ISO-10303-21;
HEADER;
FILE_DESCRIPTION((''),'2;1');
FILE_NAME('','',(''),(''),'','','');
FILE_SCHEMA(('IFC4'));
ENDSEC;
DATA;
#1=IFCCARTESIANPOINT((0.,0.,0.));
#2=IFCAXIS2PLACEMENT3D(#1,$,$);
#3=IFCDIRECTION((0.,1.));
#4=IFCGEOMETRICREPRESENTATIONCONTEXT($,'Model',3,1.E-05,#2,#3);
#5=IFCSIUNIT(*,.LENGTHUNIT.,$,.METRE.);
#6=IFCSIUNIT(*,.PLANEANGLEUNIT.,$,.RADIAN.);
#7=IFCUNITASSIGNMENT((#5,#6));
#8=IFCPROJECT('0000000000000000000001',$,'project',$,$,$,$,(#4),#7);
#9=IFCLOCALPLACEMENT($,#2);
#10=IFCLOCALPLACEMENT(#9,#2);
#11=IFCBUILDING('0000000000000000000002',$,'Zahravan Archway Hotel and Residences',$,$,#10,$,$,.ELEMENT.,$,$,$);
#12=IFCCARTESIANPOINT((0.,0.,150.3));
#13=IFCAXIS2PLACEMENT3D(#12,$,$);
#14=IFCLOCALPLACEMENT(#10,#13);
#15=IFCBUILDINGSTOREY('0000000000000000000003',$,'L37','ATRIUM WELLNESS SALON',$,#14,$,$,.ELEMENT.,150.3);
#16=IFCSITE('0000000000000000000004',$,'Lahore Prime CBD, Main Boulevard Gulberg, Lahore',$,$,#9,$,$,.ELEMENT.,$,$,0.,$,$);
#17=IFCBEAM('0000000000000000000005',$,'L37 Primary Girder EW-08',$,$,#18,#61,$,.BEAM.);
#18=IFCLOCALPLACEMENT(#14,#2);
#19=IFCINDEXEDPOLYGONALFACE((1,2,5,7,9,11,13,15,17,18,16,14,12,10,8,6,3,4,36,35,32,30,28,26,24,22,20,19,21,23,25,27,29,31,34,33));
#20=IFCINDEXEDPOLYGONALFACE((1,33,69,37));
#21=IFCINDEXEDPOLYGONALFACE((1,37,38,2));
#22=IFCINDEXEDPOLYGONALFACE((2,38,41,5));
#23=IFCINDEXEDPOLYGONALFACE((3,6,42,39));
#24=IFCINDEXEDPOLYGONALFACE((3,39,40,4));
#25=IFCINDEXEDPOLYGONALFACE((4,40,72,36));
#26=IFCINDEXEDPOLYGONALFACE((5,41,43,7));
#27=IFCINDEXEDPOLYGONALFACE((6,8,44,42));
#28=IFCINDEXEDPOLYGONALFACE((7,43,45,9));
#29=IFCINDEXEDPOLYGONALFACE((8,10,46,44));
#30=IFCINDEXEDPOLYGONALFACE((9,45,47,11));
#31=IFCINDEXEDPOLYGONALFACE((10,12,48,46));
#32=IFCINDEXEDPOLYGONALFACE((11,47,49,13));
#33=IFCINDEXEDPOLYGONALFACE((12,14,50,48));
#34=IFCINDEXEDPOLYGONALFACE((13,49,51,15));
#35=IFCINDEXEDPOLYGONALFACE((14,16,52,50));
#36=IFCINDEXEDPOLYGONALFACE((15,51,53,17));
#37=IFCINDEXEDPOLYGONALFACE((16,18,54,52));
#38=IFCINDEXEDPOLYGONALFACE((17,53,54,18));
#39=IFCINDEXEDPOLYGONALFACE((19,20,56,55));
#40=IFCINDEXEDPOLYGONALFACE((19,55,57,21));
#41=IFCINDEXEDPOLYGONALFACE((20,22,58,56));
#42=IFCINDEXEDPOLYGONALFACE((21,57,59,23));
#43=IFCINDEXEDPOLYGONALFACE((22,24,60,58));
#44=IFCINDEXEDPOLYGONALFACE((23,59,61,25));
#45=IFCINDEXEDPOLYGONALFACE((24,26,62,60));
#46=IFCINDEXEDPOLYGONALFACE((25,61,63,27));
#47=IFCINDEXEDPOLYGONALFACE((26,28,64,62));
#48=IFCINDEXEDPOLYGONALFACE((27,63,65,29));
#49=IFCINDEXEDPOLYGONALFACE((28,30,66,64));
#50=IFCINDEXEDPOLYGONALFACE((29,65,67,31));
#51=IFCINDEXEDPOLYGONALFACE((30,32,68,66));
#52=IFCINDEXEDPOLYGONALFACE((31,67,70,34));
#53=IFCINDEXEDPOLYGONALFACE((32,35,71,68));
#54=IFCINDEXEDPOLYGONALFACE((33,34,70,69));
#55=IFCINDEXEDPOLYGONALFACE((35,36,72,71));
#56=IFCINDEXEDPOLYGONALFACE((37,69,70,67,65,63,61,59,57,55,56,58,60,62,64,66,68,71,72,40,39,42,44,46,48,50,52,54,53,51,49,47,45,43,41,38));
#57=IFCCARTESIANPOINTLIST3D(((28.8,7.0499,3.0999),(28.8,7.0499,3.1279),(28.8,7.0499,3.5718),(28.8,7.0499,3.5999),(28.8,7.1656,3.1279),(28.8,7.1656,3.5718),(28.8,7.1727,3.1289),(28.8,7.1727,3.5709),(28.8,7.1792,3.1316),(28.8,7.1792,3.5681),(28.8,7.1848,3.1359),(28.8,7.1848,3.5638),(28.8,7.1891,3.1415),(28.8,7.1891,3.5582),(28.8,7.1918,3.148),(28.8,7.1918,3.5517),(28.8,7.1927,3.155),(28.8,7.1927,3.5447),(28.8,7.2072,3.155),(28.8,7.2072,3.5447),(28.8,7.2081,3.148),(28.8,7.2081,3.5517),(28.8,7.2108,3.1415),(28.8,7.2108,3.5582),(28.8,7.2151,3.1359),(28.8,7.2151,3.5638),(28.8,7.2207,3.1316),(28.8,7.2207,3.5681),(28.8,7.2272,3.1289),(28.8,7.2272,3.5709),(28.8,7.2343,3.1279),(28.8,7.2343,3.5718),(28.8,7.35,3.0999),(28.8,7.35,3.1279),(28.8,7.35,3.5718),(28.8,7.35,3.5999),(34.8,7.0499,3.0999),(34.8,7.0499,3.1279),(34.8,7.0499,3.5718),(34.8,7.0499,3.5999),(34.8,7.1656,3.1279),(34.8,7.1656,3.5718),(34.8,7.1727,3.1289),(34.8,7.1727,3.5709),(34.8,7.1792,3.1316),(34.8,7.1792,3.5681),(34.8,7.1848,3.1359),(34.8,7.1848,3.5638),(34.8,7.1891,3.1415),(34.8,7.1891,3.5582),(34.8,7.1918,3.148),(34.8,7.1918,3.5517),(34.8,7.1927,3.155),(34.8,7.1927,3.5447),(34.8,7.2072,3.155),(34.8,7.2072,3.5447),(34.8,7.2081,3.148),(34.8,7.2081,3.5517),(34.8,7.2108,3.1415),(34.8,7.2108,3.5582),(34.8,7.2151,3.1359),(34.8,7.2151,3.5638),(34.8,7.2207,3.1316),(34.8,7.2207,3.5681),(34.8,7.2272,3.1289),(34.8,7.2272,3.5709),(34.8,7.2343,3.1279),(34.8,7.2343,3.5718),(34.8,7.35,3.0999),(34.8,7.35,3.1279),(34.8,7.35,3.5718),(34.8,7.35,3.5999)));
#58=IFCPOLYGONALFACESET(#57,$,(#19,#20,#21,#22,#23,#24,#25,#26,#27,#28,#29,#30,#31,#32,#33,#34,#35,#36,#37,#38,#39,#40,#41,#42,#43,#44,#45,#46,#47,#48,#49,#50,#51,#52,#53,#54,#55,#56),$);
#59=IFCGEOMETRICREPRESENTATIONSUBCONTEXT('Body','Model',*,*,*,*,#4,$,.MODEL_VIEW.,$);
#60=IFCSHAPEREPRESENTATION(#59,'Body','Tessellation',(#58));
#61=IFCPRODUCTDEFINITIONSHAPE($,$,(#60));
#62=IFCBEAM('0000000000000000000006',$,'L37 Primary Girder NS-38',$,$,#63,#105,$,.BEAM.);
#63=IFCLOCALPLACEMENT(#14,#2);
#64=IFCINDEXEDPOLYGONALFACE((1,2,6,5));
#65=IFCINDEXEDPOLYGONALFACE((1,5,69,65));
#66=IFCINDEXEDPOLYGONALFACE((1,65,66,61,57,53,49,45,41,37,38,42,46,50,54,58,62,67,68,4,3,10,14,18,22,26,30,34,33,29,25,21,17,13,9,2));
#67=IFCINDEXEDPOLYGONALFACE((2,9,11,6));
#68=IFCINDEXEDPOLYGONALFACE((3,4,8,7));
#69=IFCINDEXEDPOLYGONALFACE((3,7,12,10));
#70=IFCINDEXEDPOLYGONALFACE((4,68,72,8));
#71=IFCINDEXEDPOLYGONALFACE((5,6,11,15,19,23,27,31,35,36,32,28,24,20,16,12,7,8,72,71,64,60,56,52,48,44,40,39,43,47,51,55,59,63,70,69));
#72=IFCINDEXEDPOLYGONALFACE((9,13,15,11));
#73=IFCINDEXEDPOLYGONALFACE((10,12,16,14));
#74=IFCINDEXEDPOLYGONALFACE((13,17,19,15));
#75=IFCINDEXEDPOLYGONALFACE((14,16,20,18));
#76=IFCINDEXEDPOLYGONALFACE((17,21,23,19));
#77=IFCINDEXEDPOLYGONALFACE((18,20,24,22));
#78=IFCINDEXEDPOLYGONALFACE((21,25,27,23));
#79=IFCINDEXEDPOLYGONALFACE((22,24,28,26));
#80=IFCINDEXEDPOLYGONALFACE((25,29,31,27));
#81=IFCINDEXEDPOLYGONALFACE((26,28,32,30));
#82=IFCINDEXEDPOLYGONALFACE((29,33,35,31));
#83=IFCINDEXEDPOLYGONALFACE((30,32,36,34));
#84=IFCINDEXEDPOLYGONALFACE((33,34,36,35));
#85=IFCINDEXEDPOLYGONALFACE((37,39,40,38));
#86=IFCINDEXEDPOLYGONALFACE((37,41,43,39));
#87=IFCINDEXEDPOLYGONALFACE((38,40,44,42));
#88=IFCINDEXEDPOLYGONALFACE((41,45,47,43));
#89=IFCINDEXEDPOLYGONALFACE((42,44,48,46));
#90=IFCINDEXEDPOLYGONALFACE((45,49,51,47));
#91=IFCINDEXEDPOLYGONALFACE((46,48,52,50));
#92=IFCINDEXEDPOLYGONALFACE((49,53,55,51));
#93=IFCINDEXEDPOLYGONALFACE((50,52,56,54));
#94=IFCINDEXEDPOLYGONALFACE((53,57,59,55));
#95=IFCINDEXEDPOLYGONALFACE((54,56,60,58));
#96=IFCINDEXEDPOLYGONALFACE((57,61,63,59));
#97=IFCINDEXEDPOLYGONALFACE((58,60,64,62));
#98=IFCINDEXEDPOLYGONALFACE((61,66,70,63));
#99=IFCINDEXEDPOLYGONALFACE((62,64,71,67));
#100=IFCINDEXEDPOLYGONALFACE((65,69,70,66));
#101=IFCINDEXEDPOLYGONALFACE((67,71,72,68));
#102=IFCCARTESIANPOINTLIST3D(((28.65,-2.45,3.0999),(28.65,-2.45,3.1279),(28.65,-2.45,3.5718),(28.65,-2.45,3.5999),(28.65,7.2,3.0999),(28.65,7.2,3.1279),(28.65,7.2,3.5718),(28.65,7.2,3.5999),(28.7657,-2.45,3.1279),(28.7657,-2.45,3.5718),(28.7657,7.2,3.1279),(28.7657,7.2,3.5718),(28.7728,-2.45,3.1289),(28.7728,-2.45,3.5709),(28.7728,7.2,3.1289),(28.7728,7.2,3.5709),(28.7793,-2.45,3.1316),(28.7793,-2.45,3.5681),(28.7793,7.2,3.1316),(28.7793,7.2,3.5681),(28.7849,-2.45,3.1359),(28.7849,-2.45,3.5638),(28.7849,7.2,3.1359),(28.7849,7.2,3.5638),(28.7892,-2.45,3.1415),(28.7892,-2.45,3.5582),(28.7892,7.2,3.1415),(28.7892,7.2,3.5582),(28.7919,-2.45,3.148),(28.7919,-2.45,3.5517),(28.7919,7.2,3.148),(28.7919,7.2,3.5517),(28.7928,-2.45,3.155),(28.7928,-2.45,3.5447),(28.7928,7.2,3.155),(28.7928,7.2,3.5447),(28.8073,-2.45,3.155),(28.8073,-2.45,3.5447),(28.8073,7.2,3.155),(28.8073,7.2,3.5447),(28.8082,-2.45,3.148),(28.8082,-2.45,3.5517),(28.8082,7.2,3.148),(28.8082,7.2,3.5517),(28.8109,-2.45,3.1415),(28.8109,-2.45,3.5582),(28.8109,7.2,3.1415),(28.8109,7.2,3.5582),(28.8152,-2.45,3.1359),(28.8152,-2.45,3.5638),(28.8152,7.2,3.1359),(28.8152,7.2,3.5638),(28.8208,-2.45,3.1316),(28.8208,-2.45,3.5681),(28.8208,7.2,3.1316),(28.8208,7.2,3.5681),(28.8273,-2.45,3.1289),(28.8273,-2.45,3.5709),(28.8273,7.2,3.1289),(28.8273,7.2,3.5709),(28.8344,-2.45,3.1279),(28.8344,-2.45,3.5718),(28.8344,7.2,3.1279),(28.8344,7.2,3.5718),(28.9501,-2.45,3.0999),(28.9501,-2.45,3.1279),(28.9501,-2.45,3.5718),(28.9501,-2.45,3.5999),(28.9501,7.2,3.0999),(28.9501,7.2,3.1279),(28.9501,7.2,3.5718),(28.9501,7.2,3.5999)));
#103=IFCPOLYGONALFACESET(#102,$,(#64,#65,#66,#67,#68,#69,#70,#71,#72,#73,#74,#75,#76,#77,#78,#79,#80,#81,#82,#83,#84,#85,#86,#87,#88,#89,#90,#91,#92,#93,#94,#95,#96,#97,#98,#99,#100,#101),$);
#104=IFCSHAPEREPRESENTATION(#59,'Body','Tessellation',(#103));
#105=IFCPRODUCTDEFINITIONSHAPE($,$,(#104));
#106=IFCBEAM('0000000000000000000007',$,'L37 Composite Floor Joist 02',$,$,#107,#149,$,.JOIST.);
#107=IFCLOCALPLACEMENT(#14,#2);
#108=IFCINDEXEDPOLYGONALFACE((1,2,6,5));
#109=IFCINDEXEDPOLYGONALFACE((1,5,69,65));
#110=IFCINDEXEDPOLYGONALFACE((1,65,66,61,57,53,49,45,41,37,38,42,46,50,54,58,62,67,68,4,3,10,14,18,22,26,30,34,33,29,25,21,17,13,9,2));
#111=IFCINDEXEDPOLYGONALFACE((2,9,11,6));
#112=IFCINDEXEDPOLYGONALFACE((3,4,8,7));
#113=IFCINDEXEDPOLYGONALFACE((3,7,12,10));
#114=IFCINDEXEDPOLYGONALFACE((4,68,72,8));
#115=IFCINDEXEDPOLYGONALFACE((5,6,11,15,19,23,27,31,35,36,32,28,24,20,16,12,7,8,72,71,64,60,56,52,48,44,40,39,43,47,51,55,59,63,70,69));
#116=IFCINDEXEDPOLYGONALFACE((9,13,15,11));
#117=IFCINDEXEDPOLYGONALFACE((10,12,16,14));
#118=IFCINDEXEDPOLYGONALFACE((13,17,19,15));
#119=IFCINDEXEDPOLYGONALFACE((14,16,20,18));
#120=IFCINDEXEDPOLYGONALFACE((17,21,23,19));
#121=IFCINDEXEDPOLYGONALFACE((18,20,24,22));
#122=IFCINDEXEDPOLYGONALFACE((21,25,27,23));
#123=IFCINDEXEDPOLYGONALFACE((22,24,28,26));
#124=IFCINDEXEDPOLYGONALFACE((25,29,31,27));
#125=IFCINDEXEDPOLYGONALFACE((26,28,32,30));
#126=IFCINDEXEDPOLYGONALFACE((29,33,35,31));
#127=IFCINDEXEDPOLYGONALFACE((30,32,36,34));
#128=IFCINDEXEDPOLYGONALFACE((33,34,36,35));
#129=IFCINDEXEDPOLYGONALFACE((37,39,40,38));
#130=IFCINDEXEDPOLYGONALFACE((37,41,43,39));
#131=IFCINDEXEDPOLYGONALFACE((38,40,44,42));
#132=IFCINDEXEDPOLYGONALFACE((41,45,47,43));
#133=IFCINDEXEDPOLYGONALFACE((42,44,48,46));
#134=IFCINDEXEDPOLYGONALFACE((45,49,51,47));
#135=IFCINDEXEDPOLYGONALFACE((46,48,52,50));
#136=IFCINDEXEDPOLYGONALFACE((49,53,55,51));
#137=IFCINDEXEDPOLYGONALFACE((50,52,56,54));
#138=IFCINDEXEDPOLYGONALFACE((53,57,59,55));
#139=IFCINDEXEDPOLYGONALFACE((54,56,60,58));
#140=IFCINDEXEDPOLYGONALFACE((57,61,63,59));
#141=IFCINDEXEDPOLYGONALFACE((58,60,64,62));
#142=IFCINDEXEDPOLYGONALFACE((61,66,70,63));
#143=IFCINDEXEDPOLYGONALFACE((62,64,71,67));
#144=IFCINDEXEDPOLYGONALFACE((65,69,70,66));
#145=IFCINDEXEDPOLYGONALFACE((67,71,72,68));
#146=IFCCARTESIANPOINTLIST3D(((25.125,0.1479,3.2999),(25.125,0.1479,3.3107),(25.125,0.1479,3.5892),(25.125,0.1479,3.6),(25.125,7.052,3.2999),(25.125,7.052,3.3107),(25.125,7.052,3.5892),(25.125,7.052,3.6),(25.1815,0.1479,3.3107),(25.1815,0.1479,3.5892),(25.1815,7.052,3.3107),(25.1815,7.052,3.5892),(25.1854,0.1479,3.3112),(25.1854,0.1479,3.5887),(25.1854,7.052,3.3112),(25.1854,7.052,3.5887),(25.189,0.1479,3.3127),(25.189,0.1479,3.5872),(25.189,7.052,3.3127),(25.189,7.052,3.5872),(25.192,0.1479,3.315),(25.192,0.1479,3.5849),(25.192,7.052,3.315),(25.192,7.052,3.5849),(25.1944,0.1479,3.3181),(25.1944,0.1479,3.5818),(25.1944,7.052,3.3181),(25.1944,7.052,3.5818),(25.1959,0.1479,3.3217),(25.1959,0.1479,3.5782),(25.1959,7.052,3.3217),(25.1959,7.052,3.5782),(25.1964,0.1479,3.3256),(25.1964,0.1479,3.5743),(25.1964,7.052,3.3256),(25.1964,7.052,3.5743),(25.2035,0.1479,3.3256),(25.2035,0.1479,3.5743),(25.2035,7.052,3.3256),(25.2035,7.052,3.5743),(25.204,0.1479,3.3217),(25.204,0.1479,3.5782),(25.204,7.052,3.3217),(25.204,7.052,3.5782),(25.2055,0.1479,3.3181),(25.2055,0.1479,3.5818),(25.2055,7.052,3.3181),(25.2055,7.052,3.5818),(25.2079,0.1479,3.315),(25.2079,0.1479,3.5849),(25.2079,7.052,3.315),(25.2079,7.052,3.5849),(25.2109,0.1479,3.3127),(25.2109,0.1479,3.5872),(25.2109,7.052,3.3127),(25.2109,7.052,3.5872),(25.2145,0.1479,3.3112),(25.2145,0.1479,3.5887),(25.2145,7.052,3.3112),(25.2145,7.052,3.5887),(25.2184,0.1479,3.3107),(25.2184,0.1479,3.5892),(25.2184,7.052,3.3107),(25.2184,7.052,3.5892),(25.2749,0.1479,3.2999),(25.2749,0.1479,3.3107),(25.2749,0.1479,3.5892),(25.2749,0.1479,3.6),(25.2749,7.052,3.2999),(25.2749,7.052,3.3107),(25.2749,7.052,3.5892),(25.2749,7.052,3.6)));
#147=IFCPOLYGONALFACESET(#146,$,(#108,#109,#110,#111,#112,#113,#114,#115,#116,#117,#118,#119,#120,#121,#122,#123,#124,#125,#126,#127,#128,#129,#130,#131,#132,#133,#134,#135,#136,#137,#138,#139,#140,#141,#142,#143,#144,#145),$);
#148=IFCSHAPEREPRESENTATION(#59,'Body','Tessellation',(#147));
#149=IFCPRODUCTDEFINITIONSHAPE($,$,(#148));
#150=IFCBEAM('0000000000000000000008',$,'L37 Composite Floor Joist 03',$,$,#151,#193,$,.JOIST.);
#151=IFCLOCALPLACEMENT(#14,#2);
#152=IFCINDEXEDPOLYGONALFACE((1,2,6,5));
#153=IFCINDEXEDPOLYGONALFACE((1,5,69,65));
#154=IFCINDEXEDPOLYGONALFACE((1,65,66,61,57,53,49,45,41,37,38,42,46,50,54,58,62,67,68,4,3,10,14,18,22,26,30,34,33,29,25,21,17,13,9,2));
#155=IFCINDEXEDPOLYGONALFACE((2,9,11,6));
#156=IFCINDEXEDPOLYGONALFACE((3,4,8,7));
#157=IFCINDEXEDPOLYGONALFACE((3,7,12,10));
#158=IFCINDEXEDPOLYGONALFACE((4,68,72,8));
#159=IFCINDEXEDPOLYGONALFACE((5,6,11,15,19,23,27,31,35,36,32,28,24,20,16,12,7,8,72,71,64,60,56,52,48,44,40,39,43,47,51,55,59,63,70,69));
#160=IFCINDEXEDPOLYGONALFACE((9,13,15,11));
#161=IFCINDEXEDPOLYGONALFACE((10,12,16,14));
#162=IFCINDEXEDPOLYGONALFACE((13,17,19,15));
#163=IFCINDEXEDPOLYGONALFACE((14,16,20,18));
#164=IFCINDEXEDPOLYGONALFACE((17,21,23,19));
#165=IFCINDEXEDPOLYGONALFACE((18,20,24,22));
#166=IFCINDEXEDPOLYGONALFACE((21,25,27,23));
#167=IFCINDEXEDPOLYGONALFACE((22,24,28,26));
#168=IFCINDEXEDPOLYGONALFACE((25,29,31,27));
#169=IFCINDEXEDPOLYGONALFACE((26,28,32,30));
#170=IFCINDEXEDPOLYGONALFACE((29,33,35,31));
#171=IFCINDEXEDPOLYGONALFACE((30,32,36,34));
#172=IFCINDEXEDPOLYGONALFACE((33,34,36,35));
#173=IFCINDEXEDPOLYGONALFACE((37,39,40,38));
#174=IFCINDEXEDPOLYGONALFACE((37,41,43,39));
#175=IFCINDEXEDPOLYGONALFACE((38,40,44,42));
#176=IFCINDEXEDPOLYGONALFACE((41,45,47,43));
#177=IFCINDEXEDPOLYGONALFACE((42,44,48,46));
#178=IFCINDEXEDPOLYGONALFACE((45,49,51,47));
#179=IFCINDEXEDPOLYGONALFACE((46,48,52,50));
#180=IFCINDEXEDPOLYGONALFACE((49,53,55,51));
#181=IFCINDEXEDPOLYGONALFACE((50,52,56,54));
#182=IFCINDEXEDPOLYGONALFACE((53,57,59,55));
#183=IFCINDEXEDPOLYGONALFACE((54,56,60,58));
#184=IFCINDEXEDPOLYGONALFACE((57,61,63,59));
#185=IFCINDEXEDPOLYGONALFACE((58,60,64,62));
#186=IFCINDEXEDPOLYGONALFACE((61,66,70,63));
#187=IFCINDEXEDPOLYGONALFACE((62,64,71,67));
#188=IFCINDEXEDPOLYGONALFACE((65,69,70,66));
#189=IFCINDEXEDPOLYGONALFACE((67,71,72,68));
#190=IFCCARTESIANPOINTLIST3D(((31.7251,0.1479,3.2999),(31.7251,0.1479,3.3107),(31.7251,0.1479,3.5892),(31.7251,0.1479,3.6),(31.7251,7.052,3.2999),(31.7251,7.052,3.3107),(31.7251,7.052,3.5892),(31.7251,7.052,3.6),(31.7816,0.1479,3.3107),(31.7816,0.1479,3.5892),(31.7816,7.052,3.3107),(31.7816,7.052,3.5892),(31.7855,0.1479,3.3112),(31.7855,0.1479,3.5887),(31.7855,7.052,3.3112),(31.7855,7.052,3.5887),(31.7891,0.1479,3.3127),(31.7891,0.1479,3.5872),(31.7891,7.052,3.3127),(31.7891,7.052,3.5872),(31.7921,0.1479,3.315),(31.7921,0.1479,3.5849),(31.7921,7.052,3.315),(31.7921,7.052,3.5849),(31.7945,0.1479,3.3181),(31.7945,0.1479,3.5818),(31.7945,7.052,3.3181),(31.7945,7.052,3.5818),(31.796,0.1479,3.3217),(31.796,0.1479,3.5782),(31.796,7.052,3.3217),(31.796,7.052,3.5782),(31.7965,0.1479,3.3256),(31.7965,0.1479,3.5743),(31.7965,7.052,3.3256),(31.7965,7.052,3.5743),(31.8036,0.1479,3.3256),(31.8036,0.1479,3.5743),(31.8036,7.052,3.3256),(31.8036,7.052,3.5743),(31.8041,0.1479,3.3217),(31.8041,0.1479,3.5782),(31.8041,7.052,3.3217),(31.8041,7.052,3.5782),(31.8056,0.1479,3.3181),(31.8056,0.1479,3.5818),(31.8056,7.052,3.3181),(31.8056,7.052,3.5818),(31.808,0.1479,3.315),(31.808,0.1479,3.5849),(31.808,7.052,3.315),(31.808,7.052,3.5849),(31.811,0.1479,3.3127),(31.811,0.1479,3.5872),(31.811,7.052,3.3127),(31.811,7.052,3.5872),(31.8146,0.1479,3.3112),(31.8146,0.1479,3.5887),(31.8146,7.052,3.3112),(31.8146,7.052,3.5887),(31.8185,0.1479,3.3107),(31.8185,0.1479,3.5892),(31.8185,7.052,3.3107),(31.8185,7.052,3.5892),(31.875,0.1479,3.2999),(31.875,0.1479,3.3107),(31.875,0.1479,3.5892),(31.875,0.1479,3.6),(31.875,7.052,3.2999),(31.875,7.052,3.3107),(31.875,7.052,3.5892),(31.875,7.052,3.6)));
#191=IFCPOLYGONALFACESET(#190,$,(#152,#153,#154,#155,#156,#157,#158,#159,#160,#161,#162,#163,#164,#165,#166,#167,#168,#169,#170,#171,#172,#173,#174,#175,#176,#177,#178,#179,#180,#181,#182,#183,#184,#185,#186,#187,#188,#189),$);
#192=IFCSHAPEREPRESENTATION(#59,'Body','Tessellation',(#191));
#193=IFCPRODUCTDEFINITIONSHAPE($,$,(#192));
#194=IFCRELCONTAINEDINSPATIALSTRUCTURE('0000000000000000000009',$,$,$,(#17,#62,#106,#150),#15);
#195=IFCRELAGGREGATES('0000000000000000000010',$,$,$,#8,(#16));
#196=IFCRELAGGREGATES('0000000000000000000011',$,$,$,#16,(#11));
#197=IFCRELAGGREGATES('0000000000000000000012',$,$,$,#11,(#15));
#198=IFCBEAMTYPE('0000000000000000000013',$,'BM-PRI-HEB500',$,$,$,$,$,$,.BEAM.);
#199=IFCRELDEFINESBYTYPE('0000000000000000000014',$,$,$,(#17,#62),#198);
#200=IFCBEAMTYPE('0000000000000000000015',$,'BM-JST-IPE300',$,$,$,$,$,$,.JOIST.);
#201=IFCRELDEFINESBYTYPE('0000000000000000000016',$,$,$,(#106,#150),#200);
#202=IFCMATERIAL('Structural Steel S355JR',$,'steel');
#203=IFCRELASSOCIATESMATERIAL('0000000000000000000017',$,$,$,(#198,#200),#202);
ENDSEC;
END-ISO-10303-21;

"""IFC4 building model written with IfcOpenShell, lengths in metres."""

from ifc_helpers import new_model, si_unit, direction, frame, origin, origin_2d, place, context, subcontext, project, spatial, i_section, extrude, source, transform, mapped, material, material_profile, profile_set, type_object, type_shapes, element, save


model = new_model("IFC4")

# Units and contexts
model_context = context("Model", 3, precision=1e-05, world=origin(), true_north=direction((0.0, 1.0)))
body_context = subcontext(model_context, "Body", "Model", "MODEL_VIEW")
ifc_project = project(units=[si_unit("LENGTHUNIT", "METRE"), si_unit("PLANEANGLEUNIT", "RADIAN")], contexts=[model_context])

# Site, building, storey
site_placement = place(None, origin())
site = spatial("IfcSite", under=ifc_project, at=site_placement, Name="Lahore Prime CBD, Main Boulevard Gulberg, Lahore", CompositionType="ELEMENT", RefElevation=0.0)
building_placement = place(site_placement, origin())
building = spatial("IfcBuilding", under=site, at=building_placement, Name="Zahravan Archway Hotel and Residences", CompositionType="ELEMENT")
storey_placement = place(building_placement, frame((0.0, 0.0, 150.3)))
storey = spatial("IfcBuildingStorey", under=building, at=storey_placement, Name="L37", Description="ATRIUM WELLNESS SALON", CompositionType="ELEMENT", Elevation=150.3)

# Beams
ifc_material_1 = material(Name="Structural Steel S355JR", Category="steel")
ifc_material_profile_1 = material_profile(ifc_material_1, i_section(OverallWidth=0.3, OverallDepth=0.5, WebThickness=0.0144, FlangeThickness=0.0281, FilletRadius=0.0271, at=origin_2d()), Name="HEB 500", Category="steel")
ifc_profile_set_1 = profile_set([ifc_material_profile_1], Name="Structural Steel S355JR")
beam_type_1 = type_object("IfcBeamType", Name="BM-PRI-HEB500", PredefinedType="BEAM", material=ifc_profile_set_1)
shared_shape_1 = source(origin(), body_context, "Body", "SweptSolid", [
    extrude(i_section(OverallWidth=0.3, OverallDepth=0.5, WebThickness=0.0144, FlangeThickness=0.0281, FilletRadius=0.0271, at=origin_2d()), origin(), (0.0, 0.0, 1.0), 6.0),
])
for number, where, z_axis, x_axis, name in (
    (1, (28.8, 7.2, 3.3499), (1.0, 0.0, 0.0), (0.0, 1.0, 0.0), "L37 Primary Girder EW-08"),
):
    element("IfcBeam", number, at=place(storey_placement, frame(where, z_axis=z_axis, x_axis=x_axis)), inside=storey, type_object=beam_type_1, Name=name, PredefinedType="BEAM", context=body_context, shape_type="MappedRepresentation", body=[
        mapped(shared_shape_1, transform((0.0, 0.0, 0.0), scale=1.0)),
    ])
shared_shape_2 = source(origin(), body_context, "Body", "SweptSolid", [
    extrude(i_section(OverallWidth=0.3, OverallDepth=0.5, WebThickness=0.0144, FlangeThickness=0.0281, FilletRadius=0.0271, at=origin_2d()), origin(), (0.0, 0.0, 1.0), 9.6499),
])
beam_1_placement = place(storey_placement, frame((28.8, -2.45, 3.3499), z_axis=(0.0, 1.0, 0.0), x_axis=(-1.0, 0.0, 0.0)))
element("IfcBeam", 2, at=beam_1_placement, inside=storey, type_object=beam_type_1, Name="L37 Primary Girder NS-38", PredefinedType="BEAM", context=body_context, shape_type="MappedRepresentation", body=[
    mapped(shared_shape_2, transform((0.0, 0.0, 0.0), scale=1.0)),
])
ifc_material_profile_2 = material_profile(ifc_material_1, i_section(OverallWidth=0.1499, OverallDepth=0.3, WebThickness=0.0071, FlangeThickness=0.0107, FilletRadius=0.0149, at=origin_2d()), Name="IPE 300", Category="steel")
ifc_profile_set_2 = profile_set([ifc_material_profile_2], Name="Structural Steel S355JR")
beam_type_2 = type_object("IfcBeamType", Name="BM-JST-IPE300", PredefinedType="JOIST", material=ifc_profile_set_2)
shared_shape_3 = source(origin(), body_context, "Body", "SweptSolid", [
    extrude(i_section(OverallWidth=0.1499, OverallDepth=0.3, WebThickness=0.0071, FlangeThickness=0.0107, FilletRadius=0.0149, at=origin_2d()), origin(), (0.0, 0.0, 1.0), 6.9041),
])
type_shapes(beam_type_2, [shared_shape_3])
for number, where, z_axis, x_axis, name in (
    (3, (25.2, 0.1479, 3.45), (0.0, 1.0, 0.0), (-1.0, 0.0, 0.0), "L37 Composite Floor Joist 02"),
    (4, (31.8, 0.1479, 3.45), (0.0, 1.0, 0.0), (-1.0, 0.0, 0.0), "L37 Composite Floor Joist 03"),
):
    element("IfcBeam", number, at=place(storey_placement, frame(where, z_axis=z_axis, x_axis=x_axis)), inside=storey, type_object=beam_type_2, Name=name, PredefinedType="JOIST", context=body_context, shape_type="MappedRepresentation", body=[
        mapped(shared_shape_3, transform((0.0, 0.0, 0.0), scale=1.0)),
    ])

save(model, "model.ifc")
